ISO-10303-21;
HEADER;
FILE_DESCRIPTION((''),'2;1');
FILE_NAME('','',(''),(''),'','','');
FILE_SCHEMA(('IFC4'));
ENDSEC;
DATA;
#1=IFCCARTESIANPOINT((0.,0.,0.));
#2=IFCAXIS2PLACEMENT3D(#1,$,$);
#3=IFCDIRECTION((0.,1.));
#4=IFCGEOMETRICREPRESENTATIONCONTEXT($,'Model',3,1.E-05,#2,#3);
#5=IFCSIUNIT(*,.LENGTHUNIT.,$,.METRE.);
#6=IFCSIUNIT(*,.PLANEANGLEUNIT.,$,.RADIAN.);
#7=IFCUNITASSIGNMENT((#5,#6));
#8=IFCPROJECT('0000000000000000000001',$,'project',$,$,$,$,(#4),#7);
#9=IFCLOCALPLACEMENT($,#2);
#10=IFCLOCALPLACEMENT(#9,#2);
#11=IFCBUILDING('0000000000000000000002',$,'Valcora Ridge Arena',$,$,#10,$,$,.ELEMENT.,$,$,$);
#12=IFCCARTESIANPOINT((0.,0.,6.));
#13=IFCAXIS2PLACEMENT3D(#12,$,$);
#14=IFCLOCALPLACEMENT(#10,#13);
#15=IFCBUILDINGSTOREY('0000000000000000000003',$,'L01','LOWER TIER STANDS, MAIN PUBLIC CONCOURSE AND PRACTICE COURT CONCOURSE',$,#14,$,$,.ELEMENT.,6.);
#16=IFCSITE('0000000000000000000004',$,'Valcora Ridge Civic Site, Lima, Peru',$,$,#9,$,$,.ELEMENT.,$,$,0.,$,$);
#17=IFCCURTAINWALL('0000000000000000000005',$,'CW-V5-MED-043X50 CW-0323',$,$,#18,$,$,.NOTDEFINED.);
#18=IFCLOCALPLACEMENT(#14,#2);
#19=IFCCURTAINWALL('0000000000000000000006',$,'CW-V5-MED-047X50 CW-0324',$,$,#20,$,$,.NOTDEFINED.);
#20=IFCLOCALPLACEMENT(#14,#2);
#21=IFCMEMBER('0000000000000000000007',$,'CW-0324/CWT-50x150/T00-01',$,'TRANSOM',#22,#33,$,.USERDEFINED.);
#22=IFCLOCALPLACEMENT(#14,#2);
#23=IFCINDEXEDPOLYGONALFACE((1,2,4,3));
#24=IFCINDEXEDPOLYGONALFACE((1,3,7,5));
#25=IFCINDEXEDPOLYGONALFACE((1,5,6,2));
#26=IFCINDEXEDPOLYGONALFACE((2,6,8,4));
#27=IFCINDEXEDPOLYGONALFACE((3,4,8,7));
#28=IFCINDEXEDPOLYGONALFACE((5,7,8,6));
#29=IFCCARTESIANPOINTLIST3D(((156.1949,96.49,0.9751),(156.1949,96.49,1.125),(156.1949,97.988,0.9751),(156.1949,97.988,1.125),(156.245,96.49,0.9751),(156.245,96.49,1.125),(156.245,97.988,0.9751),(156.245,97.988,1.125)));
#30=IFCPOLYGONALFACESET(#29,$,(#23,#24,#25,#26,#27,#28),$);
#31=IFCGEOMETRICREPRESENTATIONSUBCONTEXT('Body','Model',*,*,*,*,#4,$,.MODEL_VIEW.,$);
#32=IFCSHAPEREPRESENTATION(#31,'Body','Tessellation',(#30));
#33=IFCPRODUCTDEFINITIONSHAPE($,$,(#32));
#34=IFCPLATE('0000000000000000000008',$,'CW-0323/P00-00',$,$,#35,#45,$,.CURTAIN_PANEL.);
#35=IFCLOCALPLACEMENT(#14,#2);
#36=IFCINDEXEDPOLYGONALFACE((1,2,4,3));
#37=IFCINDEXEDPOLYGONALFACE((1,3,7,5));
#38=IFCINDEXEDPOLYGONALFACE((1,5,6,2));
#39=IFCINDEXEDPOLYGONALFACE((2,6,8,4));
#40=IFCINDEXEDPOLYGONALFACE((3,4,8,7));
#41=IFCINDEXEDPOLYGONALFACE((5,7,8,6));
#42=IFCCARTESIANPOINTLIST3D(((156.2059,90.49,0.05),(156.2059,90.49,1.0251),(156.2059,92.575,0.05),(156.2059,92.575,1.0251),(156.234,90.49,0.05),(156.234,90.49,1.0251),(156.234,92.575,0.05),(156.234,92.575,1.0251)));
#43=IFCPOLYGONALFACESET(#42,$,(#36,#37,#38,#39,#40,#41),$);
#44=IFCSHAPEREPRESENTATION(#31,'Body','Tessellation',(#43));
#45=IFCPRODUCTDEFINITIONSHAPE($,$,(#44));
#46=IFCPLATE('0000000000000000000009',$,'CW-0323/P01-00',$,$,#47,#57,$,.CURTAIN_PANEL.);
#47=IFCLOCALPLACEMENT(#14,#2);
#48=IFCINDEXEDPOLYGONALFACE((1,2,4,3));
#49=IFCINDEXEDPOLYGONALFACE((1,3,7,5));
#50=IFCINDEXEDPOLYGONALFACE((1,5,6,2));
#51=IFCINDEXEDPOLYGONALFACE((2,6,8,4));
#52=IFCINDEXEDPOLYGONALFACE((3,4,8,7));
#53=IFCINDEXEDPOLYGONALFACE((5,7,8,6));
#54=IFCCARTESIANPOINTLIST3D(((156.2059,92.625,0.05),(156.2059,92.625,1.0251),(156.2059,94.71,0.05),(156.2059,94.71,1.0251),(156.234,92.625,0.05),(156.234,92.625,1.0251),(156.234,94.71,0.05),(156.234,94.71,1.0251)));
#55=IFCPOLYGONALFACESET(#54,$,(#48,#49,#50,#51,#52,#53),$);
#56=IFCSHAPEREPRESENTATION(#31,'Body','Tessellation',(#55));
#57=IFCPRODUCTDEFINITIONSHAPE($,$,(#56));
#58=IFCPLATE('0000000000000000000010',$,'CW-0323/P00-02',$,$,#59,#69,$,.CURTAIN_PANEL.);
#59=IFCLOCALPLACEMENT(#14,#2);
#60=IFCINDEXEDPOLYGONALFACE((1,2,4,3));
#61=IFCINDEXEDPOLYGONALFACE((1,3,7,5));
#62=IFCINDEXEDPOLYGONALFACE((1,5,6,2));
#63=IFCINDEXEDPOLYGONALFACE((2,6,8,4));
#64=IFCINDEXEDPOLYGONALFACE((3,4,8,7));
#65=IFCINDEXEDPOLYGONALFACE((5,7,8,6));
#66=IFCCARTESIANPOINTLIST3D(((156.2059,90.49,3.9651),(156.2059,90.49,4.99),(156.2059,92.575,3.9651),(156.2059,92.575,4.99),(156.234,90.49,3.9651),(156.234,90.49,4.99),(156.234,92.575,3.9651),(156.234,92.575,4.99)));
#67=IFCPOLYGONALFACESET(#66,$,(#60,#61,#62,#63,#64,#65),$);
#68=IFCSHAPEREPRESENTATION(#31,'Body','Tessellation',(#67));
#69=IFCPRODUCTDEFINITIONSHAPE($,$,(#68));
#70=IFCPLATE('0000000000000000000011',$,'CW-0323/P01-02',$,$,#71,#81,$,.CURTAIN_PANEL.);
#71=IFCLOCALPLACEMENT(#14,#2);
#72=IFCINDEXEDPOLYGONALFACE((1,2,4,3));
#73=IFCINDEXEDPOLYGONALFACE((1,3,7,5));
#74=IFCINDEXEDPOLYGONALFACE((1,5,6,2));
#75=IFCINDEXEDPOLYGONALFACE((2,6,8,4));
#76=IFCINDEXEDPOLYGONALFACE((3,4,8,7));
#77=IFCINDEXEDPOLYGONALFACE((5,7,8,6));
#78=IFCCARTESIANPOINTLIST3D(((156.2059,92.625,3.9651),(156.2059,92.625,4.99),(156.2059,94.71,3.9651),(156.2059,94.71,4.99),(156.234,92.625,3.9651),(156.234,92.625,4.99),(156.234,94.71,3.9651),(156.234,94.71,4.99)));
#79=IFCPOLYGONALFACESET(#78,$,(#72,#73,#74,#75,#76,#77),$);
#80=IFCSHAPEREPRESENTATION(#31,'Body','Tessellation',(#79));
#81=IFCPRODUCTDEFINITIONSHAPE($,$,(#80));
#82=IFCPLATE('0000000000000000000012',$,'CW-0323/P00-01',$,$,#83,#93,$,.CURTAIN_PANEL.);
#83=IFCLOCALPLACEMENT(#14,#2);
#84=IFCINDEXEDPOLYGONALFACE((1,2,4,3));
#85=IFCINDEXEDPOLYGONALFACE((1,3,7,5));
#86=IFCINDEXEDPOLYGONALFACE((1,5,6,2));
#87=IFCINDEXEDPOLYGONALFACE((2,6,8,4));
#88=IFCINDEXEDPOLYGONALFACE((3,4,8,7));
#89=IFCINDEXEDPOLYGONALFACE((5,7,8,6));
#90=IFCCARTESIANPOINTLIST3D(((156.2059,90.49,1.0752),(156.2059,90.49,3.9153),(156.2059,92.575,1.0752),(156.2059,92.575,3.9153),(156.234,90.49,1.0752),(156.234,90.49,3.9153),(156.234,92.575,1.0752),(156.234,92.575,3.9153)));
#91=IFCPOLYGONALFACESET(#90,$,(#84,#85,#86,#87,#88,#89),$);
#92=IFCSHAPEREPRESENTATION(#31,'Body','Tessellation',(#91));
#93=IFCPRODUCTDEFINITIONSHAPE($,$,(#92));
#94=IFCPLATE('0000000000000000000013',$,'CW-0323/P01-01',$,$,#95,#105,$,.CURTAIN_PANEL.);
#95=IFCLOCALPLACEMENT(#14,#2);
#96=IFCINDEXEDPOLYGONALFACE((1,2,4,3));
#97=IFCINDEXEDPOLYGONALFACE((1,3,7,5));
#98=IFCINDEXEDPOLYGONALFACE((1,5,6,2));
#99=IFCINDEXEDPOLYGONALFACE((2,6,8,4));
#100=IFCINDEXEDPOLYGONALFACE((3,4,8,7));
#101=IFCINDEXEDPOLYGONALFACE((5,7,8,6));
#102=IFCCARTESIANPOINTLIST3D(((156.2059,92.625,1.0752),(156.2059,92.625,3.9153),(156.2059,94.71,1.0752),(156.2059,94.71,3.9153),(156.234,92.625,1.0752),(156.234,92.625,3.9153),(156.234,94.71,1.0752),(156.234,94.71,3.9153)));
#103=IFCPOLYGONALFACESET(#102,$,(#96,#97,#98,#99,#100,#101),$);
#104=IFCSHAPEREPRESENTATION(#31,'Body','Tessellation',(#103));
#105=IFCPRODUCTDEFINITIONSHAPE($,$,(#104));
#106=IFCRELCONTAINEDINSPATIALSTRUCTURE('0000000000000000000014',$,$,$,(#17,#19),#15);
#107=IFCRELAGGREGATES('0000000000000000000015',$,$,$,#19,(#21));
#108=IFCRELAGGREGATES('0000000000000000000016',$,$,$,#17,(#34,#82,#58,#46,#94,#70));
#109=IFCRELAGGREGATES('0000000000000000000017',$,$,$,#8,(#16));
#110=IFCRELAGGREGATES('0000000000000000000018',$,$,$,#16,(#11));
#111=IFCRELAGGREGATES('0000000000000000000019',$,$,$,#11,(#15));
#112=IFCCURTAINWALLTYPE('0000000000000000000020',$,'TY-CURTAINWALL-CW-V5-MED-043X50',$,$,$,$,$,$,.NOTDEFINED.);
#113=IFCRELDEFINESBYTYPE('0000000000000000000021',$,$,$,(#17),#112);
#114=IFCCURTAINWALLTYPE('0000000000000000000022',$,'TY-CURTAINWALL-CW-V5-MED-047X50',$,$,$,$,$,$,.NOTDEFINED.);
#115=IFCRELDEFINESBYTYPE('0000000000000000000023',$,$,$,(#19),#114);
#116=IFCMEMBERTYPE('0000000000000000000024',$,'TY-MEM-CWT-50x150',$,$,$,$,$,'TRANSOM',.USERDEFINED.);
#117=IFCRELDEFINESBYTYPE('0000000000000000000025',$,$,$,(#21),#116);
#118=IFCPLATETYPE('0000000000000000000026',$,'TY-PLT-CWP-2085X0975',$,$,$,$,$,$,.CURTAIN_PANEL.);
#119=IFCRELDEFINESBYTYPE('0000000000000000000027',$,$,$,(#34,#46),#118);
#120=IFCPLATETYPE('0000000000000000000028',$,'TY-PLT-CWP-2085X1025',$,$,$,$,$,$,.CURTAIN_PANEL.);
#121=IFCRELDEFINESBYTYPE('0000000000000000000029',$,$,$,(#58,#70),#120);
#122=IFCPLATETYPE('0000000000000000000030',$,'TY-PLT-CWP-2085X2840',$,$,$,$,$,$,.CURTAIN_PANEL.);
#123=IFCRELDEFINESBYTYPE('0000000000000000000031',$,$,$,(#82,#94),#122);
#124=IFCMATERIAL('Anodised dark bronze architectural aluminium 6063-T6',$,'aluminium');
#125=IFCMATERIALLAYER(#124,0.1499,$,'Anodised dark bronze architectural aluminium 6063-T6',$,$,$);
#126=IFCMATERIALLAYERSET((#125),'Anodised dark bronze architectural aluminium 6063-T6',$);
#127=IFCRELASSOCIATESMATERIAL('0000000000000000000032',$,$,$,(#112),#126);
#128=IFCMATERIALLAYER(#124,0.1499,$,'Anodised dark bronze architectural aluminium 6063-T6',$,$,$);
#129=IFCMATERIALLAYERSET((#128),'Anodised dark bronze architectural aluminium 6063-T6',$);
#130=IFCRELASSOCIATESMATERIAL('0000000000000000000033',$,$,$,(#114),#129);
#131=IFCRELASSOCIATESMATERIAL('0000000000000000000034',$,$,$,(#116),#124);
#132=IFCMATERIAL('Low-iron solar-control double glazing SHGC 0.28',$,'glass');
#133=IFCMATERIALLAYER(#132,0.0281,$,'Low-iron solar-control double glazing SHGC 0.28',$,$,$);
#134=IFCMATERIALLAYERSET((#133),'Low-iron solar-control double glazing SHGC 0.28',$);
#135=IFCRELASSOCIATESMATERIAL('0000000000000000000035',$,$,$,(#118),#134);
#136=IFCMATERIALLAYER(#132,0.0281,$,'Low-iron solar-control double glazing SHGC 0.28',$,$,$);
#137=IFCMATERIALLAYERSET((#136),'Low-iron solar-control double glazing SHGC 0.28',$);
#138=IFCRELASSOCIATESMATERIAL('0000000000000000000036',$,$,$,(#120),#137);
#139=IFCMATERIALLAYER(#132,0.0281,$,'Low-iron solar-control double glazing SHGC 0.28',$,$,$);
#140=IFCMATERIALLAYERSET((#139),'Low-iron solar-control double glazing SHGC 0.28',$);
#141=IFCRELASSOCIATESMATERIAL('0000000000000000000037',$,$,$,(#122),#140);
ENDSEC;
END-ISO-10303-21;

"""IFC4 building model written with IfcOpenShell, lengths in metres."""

from ifc_helpers import new_model, si_unit, direction, frame, origin, origin_2d, place, context, subcontext, project, spatial, rectangle, extrude, material, layer, layer_set, material_profile, profile_set, type_object, element, aggregate, save


model = new_model("IFC4")

# Units and contexts
model_context = context("Model", 3, precision=1e-05, world=origin(), true_north=direction((0.0, 1.0)))
body_context = subcontext(model_context, "Body", "Model", "MODEL_VIEW")
ifc_project = project(units=[si_unit("LENGTHUNIT", "METRE"), si_unit("PLANEANGLEUNIT", "RADIAN")], contexts=[model_context])

# Site, building, storey
site_placement = place(None, origin())
site = spatial("IfcSite", under=ifc_project, at=site_placement, Name="Valcora Ridge Civic Site, Lima, Peru", CompositionType="ELEMENT", RefElevation=0.0)
building_placement = place(site_placement, origin())
building = spatial("IfcBuilding", under=site, at=building_placement, Name="Valcora Ridge Arena", CompositionType="ELEMENT")
storey_placement = place(building_placement, frame((0.0, 0.0, 6.0)))
storey = spatial("IfcBuildingStorey", under=building, at=storey_placement, Name="L01", Description="LOWER TIER STANDS, MAIN PUBLIC CONCOURSE AND PRACTICE COURT CONCOURSE", CompositionType="ELEMENT", Elevation=6.0)

# Curtain wall
ifc_material_1 = material(Name="Anodised dark bronze architectural aluminium 6063-T6", Category="aluminium")
ifc_layer_1 = layer(ifc_material_1, 0.1499, Name="Anodised dark bronze architectural aluminium 6063-T6")
ifc_layer_set_1 = layer_set([ifc_layer_1], Name="Anodised dark bronze architectural aluminium 6063-T6")
curtain_wall_type_1 = type_object("IfcCurtainWallType", Name="TY-CURTAINWALL-CW-V5-MED-043X50", PredefinedType="NOTDEFINED", material=ifc_layer_set_1)
curtain_wall_1_placement = place(storey_placement, origin())
curtain_wall_1 = element("IfcCurtainWall", 1, at=curtain_wall_1_placement, inside=storey, type_object=curtain_wall_type_1, Name="CW-V5-MED-043X50 CW-0323", PredefinedType="NOTDEFINED")

# Curtain wall
ifc_layer_2 = layer(ifc_material_1, 0.1499, Name="Anodised dark bronze architectural aluminium 6063-T6")
ifc_layer_set_2 = layer_set([ifc_layer_2], Name="Anodised dark bronze architectural aluminium 6063-T6")
curtain_wall_type_2 = type_object("IfcCurtainWallType", Name="TY-CURTAINWALL-CW-V5-MED-047X50", PredefinedType="NOTDEFINED", material=ifc_layer_set_2)
curtain_wall_2_placement = place(storey_placement, origin())
curtain_wall_2 = element("IfcCurtainWall", 2, at=curtain_wall_2_placement, inside=storey, type_object=curtain_wall_type_2, Name="CW-V5-MED-047X50 CW-0324", PredefinedType="NOTDEFINED")

# Member
ifc_material_profile_1 = material_profile(ifc_material_1, rectangle(XDim=0.05, YDim=0.1499, at=origin_2d()), Name="ALU TRANSOM 50x150")
ifc_profile_set_1 = profile_set([ifc_material_profile_1], Name="Anodised dark bronze architectural aluminium 6063-T6")
member_type_1 = type_object("IfcMemberType", Name="TY-MEM-CWT-50x150", ElementType="TRANSOM", PredefinedType="USERDEFINED", material=ifc_profile_set_1)
member_1_placement = place(storey_placement, frame((156.22, 96.49, 1.05), z_axis=(0.0, 1.0, 0.0), x_axis=(-1.0, 0.0, 0.0)))
member_1 = element("IfcMember", 3, at=member_1_placement, type_object=member_type_1, Name="CW-0324/CWT-50x150/T00-01", ObjectType="TRANSOM", PredefinedType="USERDEFINED", context=body_context, shape_type="SweptSolid", body=[
    extrude(rectangle(XDim=0.05, YDim=0.1499, at=origin_2d()), origin(), (0.0, 0.0, 1.0), 1.498),
])
aggregate(curtain_wall_2, [member_1])

# Plates
ifc_material_2 = material(Name="Low-iron solar-control double glazing SHGC 0.28", Category="glass")
ifc_layer_3 = layer(ifc_material_2, 0.0281, Name="Low-iron solar-control double glazing SHGC 0.28")
ifc_layer_set_3 = layer_set([ifc_layer_3], Name="Low-iron solar-control double glazing SHGC 0.28")
plate_type_1 = type_object("IfcPlateType", Name="TY-PLT-CWP-2085X0975", PredefinedType="CURTAIN_PANEL", material=ifc_layer_set_3)
plate_1_placement = place(storey_placement, frame((156.22, 91.5325, 0.05), z_axis=(0.0, 0.0, 1.0), x_axis=(0.0, 1.0, 0.0)))
plate_1 = element("IfcPlate", 4, at=plate_1_placement, type_object=plate_type_1, Name="CW-0323/P00-00", PredefinedType="CURTAIN_PANEL", context=body_context, shape_type="SweptSolid", body=[
    extrude(rectangle(XDim=2.085, YDim=0.0281, at=origin_2d()), origin(), (0.0, 0.0, 1.0), 0.9751),
])
plate_2_placement = place(storey_placement, frame((156.22, 93.6675, 0.05), z_axis=(0.0, 0.0, 1.0), x_axis=(0.0, 1.0, 0.0)))
plate_2 = element("IfcPlate", 5, at=plate_2_placement, type_object=plate_type_1, Name="CW-0323/P01-00", PredefinedType="CURTAIN_PANEL", context=body_context, shape_type="SweptSolid", body=[
    extrude(rectangle(XDim=2.085, YDim=0.0281, at=origin_2d()), origin(), (0.0, 0.0, 1.0), 0.9751),
])
ifc_layer_4 = layer(ifc_material_2, 0.0281, Name="Low-iron solar-control double glazing SHGC 0.28")
ifc_layer_set_4 = layer_set([ifc_layer_4], Name="Low-iron solar-control double glazing SHGC 0.28")
plate_type_2 = type_object("IfcPlateType", Name="TY-PLT-CWP-2085X1025", PredefinedType="CURTAIN_PANEL", material=ifc_layer_set_4)
plate_3_placement = place(storey_placement, frame((156.22, 91.5325, 3.9651), z_axis=(0.0, 0.0, 1.0), x_axis=(0.0, 1.0, 0.0)))
plate_3 = element("IfcPlate", 6, at=plate_3_placement, type_object=plate_type_2, Name="CW-0323/P00-02", PredefinedType="CURTAIN_PANEL", context=body_context, shape_type="SweptSolid", body=[
    extrude(rectangle(XDim=2.085, YDim=0.0281, at=origin_2d()), origin(), (0.0, 0.0, 1.0), 1.0249),
])
plate_4_placement = place(storey_placement, frame((156.22, 93.6675, 3.9651), z_axis=(0.0, 0.0, 1.0), x_axis=(0.0, 1.0, 0.0)))
plate_4 = element("IfcPlate", 7, at=plate_4_placement, type_object=plate_type_2, Name="CW-0323/P01-02", PredefinedType="CURTAIN_PANEL", context=body_context, shape_type="SweptSolid", body=[
    extrude(rectangle(XDim=2.085, YDim=0.0281, at=origin_2d()), origin(), (0.0, 0.0, 1.0), 1.0249),
])
ifc_layer_5 = layer(ifc_material_2, 0.0281, Name="Low-iron solar-control double glazing SHGC 0.28")
ifc_layer_set_5 = layer_set([ifc_layer_5], Name="Low-iron solar-control double glazing SHGC 0.28")
plate_type_3 = type_object("IfcPlateType", Name="TY-PLT-CWP-2085X2840", PredefinedType="CURTAIN_PANEL", material=ifc_layer_set_5)
plate_5_placement = place(storey_placement, frame((156.22, 91.5325, 1.0752), z_axis=(0.0, 0.0, 1.0), x_axis=(0.0, 1.0, 0.0)))
plate_5 = element("IfcPlate", 8, at=plate_5_placement, type_object=plate_type_3, Name="CW-0323/P00-01", PredefinedType="CURTAIN_PANEL", context=body_context, shape_type="SweptSolid", body=[
    extrude(rectangle(XDim=2.085, YDim=0.0281, at=origin_2d()), origin(), (0.0, 0.0, 1.0), 2.8401),
])
plate_6_placement = place(storey_placement, frame((156.22, 93.6675, 1.0752), z_axis=(0.0, 0.0, 1.0), x_axis=(0.0, 1.0, 0.0)))
plate_6 = element("IfcPlate", 9, at=plate_6_placement, type_object=plate_type_3, Name="CW-0323/P01-01", PredefinedType="CURTAIN_PANEL", context=body_context, shape_type="SweptSolid", body=[
    extrude(rectangle(XDim=2.085, YDim=0.0281, at=origin_2d()), origin(), (0.0, 0.0, 1.0), 2.8401),
])
aggregate(curtain_wall_1, [plate_1, plate_5, plate_3, plate_2, plate_6, plate_4])

save(model, "model.ifc")
